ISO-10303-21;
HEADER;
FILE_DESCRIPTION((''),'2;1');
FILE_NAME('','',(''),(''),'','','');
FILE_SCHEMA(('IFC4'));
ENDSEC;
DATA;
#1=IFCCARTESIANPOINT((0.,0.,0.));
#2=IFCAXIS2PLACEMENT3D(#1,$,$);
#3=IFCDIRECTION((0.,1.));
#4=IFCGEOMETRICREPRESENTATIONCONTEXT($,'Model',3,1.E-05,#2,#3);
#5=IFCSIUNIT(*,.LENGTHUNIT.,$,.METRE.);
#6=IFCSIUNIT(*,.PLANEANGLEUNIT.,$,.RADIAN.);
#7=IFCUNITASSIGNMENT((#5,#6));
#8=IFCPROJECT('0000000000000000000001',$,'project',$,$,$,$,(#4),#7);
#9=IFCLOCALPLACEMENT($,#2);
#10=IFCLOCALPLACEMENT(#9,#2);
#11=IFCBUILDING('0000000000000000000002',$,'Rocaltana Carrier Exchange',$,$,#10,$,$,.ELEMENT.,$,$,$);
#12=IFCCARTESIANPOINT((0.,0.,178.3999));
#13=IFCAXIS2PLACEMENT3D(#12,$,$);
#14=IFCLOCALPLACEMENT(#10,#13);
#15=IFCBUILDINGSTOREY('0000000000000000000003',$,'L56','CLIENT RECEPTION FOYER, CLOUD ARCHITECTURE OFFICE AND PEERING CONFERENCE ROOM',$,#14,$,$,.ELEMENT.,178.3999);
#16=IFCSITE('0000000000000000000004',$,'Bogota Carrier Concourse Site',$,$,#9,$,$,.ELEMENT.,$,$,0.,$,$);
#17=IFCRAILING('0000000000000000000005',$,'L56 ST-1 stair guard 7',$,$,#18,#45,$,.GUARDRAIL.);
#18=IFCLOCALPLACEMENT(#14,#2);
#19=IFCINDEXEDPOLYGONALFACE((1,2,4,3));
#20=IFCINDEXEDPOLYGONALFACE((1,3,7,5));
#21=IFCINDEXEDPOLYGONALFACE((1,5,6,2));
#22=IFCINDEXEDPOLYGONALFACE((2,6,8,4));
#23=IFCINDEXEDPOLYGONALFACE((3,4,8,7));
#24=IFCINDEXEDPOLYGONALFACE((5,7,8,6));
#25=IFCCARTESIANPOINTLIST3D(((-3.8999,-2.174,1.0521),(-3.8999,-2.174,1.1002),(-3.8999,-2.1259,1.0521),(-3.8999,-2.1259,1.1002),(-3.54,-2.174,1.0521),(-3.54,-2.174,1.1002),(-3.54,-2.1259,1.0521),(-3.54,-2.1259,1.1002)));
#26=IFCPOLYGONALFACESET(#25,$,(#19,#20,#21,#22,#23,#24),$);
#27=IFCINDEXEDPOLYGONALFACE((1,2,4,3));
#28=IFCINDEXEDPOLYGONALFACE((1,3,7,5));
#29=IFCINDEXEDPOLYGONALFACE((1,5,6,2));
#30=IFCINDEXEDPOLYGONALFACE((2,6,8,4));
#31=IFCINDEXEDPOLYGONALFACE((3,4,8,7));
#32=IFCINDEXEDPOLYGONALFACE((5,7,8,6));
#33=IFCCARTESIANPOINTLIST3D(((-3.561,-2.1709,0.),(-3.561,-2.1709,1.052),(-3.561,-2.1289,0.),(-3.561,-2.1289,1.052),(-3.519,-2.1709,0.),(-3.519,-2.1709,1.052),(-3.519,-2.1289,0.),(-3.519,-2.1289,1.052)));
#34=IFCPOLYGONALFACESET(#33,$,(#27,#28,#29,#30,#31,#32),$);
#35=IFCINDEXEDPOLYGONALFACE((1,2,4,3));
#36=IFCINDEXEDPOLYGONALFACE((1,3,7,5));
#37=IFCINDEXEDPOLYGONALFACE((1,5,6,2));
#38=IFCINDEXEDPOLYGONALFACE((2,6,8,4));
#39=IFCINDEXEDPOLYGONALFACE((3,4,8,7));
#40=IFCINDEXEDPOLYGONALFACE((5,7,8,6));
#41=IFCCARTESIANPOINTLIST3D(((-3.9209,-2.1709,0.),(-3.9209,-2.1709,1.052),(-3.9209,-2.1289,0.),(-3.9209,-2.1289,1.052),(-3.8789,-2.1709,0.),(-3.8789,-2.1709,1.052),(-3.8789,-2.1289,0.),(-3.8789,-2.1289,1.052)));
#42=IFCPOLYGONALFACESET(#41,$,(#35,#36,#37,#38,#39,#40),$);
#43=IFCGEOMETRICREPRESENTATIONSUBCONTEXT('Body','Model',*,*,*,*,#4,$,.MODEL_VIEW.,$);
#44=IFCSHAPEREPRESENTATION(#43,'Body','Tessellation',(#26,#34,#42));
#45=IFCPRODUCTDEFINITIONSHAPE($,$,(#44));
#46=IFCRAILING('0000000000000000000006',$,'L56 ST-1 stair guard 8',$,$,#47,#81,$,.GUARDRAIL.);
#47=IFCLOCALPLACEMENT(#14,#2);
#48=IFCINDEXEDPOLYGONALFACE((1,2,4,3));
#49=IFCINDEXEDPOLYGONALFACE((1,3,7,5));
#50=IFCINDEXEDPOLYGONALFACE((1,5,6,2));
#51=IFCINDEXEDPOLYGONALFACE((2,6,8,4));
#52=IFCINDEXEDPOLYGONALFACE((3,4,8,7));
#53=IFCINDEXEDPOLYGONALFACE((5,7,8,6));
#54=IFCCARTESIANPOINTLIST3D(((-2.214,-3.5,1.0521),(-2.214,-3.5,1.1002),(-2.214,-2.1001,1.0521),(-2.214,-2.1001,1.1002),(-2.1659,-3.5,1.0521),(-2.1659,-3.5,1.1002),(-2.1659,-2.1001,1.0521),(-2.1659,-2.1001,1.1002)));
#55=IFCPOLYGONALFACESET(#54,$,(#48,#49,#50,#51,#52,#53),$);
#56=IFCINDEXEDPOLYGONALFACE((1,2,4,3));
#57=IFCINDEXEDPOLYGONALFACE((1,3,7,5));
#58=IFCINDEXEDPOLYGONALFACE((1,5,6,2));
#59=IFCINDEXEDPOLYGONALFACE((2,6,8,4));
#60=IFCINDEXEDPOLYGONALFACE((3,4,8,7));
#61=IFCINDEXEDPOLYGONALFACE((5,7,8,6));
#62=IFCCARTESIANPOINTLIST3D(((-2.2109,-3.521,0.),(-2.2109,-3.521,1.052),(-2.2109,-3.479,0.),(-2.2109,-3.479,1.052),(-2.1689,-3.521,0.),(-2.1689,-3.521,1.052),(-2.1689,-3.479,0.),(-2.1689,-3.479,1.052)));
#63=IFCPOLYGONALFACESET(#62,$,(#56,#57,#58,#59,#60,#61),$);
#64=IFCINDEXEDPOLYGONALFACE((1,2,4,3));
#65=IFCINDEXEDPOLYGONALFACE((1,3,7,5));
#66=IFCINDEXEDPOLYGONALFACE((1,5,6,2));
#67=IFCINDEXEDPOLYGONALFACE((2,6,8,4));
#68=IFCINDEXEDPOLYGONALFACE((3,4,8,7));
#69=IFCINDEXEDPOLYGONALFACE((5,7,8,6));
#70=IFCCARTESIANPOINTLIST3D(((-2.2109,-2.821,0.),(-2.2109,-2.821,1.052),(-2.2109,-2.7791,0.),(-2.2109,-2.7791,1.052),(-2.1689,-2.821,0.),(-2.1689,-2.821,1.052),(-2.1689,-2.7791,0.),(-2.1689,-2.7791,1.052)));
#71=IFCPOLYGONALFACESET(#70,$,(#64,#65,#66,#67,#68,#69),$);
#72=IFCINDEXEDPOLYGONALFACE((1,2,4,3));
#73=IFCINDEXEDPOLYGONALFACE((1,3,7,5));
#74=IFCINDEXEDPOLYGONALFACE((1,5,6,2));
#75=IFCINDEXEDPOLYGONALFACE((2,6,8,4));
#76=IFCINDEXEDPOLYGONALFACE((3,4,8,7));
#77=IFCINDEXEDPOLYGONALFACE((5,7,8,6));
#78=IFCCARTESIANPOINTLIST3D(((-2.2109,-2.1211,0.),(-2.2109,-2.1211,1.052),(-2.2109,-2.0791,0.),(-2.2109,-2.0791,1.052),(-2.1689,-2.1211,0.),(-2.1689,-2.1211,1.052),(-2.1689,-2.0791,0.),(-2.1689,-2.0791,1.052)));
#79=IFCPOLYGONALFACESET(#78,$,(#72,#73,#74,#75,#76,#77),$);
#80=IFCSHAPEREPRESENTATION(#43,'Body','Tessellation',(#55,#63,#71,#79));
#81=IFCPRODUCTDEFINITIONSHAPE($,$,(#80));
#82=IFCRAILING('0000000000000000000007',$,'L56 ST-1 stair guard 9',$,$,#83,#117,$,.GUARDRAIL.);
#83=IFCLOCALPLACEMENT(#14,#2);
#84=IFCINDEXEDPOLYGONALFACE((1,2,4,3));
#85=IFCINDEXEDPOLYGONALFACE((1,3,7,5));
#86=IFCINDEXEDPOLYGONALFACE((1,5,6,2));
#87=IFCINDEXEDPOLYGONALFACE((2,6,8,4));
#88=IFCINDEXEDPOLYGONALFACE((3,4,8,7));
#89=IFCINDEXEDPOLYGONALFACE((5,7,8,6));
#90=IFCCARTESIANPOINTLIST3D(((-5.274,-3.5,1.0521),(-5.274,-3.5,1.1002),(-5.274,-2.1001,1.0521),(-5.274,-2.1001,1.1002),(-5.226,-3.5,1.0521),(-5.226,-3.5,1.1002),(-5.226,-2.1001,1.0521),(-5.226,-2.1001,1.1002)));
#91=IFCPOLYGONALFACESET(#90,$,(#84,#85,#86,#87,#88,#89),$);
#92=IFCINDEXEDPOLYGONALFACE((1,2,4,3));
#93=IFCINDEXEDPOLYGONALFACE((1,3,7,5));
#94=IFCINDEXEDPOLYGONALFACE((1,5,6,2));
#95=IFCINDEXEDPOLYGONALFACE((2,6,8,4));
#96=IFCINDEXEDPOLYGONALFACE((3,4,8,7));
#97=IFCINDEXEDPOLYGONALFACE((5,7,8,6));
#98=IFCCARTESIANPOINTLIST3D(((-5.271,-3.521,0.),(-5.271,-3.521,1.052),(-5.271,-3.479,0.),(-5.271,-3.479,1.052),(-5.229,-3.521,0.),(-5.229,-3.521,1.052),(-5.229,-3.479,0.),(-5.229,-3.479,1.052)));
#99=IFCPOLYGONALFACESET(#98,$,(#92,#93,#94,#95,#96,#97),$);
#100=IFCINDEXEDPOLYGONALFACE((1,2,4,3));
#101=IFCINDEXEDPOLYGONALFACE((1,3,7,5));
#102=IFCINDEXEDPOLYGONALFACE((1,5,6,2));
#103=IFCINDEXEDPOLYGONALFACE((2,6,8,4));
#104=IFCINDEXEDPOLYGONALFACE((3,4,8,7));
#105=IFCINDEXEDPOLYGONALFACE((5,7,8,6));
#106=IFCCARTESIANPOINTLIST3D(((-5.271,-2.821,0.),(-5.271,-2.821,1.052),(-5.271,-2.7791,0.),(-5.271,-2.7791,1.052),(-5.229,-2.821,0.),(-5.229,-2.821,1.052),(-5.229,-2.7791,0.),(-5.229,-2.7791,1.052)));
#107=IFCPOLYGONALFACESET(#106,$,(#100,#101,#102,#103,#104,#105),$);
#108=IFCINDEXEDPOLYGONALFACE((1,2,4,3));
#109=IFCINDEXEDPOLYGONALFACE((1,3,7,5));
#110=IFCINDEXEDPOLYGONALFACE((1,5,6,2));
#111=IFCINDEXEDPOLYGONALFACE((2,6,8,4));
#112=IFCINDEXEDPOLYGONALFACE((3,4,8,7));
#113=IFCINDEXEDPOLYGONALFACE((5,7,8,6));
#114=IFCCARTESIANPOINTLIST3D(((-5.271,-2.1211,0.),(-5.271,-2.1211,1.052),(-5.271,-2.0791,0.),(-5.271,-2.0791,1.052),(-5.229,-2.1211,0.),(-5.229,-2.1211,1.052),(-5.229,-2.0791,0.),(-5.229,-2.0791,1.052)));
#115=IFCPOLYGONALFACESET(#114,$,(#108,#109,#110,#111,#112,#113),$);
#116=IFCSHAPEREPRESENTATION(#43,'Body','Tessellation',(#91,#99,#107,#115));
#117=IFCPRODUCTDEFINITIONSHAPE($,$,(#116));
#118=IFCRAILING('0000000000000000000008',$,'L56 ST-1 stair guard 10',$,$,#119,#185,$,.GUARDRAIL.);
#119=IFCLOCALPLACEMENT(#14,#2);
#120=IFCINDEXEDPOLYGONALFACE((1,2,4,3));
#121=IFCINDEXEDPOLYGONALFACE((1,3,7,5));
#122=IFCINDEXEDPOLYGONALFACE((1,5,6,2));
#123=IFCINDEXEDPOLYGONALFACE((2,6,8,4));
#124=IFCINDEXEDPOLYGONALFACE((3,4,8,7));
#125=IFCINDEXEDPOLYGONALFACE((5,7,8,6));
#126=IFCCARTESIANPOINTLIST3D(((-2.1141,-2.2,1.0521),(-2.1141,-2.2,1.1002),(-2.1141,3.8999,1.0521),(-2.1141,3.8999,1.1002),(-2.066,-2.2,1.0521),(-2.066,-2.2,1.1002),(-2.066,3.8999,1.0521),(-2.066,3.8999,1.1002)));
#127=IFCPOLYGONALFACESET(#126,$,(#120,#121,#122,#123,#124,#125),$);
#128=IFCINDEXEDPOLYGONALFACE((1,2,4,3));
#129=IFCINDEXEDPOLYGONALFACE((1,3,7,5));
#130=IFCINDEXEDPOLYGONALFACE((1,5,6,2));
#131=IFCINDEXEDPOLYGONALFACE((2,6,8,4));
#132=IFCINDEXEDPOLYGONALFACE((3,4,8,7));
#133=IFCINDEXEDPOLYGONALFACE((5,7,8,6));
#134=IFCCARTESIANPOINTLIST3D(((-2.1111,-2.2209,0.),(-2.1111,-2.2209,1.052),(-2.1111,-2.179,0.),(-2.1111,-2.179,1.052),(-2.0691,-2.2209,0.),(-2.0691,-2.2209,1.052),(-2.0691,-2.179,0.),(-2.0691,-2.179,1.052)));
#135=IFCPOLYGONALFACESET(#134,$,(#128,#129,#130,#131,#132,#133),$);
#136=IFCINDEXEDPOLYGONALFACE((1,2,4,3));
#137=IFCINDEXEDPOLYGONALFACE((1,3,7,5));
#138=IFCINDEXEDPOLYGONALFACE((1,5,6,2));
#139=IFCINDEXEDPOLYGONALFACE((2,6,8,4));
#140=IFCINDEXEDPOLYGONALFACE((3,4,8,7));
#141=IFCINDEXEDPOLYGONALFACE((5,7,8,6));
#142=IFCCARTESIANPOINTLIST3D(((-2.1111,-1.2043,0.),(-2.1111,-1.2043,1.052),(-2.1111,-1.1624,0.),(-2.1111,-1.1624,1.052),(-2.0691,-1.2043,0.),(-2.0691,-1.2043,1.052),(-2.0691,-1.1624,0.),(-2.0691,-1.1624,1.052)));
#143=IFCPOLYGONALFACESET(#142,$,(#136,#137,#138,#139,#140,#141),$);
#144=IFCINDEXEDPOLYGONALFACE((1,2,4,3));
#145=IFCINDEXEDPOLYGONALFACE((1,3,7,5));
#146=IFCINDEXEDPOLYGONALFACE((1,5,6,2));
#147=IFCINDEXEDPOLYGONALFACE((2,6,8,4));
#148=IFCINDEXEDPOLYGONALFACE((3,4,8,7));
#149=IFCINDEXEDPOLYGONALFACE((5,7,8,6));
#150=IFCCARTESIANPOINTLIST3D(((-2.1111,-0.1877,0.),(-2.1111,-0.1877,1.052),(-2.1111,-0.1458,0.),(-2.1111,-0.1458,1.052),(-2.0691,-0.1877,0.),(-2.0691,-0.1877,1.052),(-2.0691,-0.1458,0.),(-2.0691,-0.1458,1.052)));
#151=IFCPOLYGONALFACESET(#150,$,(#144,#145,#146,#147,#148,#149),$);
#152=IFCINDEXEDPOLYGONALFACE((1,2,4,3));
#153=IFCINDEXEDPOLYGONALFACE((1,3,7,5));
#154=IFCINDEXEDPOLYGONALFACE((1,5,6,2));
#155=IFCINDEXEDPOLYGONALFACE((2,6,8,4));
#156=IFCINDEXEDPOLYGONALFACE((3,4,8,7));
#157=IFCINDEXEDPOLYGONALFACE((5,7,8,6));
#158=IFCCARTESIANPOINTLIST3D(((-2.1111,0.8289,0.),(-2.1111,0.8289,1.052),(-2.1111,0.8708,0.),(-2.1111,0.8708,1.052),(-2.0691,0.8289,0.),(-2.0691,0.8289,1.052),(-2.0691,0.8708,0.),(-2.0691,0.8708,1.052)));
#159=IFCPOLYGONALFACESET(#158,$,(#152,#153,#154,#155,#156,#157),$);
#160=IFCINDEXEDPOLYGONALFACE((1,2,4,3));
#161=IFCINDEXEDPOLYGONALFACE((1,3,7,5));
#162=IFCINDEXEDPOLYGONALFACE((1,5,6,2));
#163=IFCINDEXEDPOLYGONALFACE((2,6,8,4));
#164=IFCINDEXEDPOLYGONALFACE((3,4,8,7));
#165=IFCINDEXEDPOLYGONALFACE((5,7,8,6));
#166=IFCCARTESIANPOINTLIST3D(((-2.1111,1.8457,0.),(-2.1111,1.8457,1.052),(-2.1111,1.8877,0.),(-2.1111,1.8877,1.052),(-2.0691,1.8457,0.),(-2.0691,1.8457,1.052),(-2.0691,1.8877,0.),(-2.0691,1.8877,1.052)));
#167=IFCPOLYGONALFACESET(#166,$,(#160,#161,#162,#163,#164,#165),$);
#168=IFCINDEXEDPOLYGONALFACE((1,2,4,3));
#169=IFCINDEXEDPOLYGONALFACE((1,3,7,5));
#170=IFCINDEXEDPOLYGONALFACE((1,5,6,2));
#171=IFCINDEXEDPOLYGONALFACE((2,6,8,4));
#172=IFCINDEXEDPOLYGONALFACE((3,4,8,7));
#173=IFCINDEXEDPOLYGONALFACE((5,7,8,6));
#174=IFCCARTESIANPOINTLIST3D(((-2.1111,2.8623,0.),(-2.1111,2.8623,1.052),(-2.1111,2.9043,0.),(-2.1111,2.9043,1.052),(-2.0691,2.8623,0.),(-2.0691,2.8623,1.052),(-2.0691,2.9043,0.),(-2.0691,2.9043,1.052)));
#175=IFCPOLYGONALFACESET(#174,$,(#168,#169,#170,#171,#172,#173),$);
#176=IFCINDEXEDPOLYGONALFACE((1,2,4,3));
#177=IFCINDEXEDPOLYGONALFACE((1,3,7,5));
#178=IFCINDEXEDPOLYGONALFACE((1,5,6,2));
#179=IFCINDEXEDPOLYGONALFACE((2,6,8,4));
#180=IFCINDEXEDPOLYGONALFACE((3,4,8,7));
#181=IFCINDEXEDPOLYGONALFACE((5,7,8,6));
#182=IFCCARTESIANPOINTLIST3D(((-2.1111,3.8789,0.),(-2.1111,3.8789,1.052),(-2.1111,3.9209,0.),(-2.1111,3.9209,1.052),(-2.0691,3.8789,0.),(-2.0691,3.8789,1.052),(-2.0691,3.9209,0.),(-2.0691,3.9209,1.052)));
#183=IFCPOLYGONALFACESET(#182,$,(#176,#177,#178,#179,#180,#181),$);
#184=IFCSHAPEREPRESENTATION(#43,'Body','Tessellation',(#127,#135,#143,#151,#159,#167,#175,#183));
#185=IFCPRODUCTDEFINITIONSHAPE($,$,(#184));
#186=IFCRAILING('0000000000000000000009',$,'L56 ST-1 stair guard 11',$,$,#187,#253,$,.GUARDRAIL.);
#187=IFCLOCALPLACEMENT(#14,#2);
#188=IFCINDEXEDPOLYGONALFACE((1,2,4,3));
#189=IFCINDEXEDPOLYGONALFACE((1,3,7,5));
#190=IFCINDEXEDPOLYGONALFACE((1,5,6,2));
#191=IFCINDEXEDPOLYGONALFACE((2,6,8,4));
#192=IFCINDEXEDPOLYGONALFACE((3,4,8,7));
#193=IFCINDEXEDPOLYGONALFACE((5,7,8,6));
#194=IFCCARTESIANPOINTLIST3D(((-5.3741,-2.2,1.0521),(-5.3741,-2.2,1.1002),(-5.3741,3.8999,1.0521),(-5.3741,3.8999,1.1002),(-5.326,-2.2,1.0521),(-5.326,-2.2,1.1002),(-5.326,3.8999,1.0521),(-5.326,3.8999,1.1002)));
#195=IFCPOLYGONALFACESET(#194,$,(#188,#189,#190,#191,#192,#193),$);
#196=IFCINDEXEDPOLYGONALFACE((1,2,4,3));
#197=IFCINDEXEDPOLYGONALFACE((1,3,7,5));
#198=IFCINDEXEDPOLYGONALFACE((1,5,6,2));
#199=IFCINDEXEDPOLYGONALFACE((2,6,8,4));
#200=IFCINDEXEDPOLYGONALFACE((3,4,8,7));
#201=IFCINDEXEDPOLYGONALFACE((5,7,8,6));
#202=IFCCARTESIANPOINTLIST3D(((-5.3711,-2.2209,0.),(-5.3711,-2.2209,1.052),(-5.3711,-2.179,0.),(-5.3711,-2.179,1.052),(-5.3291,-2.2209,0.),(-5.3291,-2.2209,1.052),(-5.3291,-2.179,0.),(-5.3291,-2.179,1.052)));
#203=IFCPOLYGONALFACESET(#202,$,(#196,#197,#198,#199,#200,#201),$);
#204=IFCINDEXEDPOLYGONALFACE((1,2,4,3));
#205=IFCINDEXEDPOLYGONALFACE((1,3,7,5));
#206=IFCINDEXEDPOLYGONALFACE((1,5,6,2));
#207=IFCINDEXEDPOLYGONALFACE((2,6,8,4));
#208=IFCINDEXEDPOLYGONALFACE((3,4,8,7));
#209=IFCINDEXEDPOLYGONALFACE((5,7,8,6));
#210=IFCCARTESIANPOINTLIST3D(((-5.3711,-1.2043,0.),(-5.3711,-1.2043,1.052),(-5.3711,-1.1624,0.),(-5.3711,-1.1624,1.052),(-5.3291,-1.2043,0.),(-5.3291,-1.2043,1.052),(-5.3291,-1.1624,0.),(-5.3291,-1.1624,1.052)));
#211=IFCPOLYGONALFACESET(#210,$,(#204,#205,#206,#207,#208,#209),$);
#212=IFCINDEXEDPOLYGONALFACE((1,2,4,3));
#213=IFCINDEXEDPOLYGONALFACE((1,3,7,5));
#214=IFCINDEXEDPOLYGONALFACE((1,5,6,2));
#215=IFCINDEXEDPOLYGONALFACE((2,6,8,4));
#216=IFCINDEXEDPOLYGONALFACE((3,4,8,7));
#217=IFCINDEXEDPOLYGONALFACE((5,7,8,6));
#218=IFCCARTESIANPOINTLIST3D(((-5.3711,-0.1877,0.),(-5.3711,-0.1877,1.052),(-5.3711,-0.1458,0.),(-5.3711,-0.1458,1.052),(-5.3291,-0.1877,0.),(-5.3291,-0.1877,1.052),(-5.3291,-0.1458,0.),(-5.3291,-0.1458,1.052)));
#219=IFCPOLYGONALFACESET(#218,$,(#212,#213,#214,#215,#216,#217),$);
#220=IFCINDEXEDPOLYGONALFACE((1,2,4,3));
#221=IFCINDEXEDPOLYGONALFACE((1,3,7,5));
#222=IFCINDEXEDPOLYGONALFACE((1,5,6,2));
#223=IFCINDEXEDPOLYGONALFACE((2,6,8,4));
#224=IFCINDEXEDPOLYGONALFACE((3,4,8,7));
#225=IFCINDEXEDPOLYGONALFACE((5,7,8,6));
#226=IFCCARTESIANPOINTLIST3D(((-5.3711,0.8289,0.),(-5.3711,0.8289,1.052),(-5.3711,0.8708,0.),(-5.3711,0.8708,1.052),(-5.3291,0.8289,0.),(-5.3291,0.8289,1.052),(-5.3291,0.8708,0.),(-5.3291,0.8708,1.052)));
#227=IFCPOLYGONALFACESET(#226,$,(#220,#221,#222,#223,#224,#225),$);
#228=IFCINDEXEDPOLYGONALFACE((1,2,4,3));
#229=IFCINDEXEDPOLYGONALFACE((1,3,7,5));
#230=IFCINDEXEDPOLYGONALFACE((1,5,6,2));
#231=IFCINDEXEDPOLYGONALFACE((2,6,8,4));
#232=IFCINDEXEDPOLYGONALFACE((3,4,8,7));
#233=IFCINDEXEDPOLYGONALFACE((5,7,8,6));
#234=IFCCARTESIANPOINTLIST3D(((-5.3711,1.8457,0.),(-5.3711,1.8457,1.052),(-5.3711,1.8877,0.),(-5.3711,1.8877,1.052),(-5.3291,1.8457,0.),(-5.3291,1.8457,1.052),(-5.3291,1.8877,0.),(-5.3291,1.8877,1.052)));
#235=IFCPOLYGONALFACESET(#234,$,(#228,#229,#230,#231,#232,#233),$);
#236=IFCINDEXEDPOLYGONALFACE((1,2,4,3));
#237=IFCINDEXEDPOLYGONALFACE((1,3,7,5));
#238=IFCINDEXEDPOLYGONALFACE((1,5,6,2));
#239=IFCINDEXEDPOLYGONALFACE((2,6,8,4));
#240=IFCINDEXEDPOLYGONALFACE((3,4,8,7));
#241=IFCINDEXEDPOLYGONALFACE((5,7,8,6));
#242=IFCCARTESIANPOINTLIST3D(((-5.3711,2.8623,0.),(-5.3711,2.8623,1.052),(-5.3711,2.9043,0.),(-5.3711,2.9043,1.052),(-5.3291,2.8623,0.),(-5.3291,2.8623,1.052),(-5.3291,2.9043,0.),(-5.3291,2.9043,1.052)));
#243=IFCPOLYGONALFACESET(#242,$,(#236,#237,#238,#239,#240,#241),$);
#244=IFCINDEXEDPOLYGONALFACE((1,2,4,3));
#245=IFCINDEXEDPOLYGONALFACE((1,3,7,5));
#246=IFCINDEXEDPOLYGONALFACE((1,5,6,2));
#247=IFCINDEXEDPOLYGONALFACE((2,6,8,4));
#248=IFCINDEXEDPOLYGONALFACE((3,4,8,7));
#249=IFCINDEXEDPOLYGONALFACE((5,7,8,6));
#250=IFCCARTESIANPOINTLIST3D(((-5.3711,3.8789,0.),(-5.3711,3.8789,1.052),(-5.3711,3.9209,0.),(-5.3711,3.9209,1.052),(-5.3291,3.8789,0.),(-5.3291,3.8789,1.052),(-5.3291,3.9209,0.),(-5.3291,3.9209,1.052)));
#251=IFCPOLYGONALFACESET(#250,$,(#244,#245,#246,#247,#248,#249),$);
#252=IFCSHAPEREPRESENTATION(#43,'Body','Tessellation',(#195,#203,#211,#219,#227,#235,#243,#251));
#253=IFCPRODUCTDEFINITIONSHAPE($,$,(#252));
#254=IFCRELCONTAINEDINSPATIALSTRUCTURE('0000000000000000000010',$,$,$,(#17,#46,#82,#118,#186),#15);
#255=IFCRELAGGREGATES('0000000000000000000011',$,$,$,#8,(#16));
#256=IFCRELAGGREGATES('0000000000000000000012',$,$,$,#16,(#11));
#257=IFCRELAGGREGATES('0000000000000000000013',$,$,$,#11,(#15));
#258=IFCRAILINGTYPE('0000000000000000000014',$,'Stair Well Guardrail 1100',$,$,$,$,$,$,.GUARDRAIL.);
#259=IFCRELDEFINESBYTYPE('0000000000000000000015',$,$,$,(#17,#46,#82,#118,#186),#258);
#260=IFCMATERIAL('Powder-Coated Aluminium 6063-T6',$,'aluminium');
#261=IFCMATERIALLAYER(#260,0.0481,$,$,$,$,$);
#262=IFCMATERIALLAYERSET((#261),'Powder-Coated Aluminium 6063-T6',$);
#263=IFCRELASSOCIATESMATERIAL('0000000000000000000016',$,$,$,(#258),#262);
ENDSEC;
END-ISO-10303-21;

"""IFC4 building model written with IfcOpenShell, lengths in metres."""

from ifc_helpers import new_model, si_unit, direction, frame, origin, origin_2d, place, context, subcontext, project, spatial, rectangle, extrude, material, layer, layer_set, type_object, element, save


model = new_model("IFC4")

# Units and contexts
model_context = context("Model", 3, precision=1e-05, world=origin(), true_north=direction((0.0, 1.0)))
body_context = subcontext(model_context, "Body", "Model", "MODEL_VIEW")
ifc_project = project(units=[si_unit("LENGTHUNIT", "METRE"), si_unit("PLANEANGLEUNIT", "RADIAN")], contexts=[model_context])

# Site, building, storey
site_placement = place(None, origin())
site = spatial("IfcSite", under=ifc_project, at=site_placement, Name="Bogota Carrier Concourse Site", CompositionType="ELEMENT", RefElevation=0.0)
building_placement = place(site_placement, origin())
building = spatial("IfcBuilding", under=site, at=building_placement, Name="Rocaltana Carrier Exchange", CompositionType="ELEMENT")
storey_placement = place(building_placement, frame((0.0, 0.0, 178.3999)))
storey = spatial("IfcBuildingStorey", under=building, at=storey_placement, Name="L56", Description="CLIENT RECEPTION FOYER, CLOUD ARCHITECTURE OFFICE AND PEERING CONFERENCE ROOM", CompositionType="ELEMENT", Elevation=178.3999)

# Railings
ifc_material_1 = material(Name="Powder-Coated Aluminium 6063-T6", Category="aluminium")
ifc_layer_1 = layer(ifc_material_1, 0.0481)
ifc_layer_set_1 = layer_set([ifc_layer_1], Name="Powder-Coated Aluminium 6063-T6")
railing_type_1 = type_object("IfcRailingType", Name="Stair Well Guardrail 1100", PredefinedType="GUARDRAIL", material=ifc_layer_set_1)
railing_1_placement = place(storey_placement, frame((-3.54, -2.1499, 0.0)))
element("IfcRailing", 1, at=railing_1_placement, inside=storey, type_object=railing_type_1, Name="L56 ST-1 stair guard 7", PredefinedType="GUARDRAIL", context=body_context, shape_type="SweptSolid", body=[
    extrude(rectangle(XDim=0.0481, YDim=0.0481, at=origin_2d()), frame((0.0, 0.0, 1.0762), z_axis=(-1.0, 0.0, 0.0), x_axis=(0.0, -1.0, 0.0)), (0.0, 0.0, 1.0), 0.3599),
    extrude(rectangle(XDim=0.042, YDim=0.042, at=origin_2d()), origin(), (0.0, 0.0, 1.0), 1.052),
    extrude(rectangle(XDim=0.042, YDim=0.042, at=origin_2d()), frame((-0.3599, 0.0, 0.0)), (0.0, 0.0, 1.0), 1.052),
])
for number, where, name in (
    (2, (-2.1899, -3.5, 0.0), "L56 ST-1 stair guard 8"),
    (3, (-5.25, -3.5, 0.0), "L56 ST-1 stair guard 9"),
):
    element("IfcRailing", number, at=place(storey_placement, frame(where)), inside=storey, type_object=railing_type_1, Name=name, PredefinedType="GUARDRAIL", context=body_context, shape_type="SweptSolid", body=[
        extrude(rectangle(XDim=0.0481, YDim=0.0481, at=origin_2d()), frame((0.0, 0.0, 1.0762), z_axis=(0.0, 1.0, 0.0), x_axis=(-1.0, 0.0, 0.0)), (0.0, 0.0, 1.0), 1.3999),
        extrude(rectangle(XDim=0.042, YDim=0.042, at=origin_2d()), origin(), (0.0, 0.0, 1.0), 1.052),
        extrude(rectangle(XDim=0.042, YDim=0.042, at=origin_2d()), frame((0.0, 0.7, 0.0)), (0.0, 0.0, 1.0), 1.052),
        extrude(rectangle(XDim=0.042, YDim=0.042, at=origin_2d()), frame((0.0, 1.3999, 0.0)), (0.0, 0.0, 1.0), 1.052),
    ])
for number, where, name in (
    (4, (-2.0901, -2.2, 0.0), "L56 ST-1 stair guard 10"),
    (5, (-5.3501, -2.2, 0.0), "L56 ST-1 stair guard 11"),
):
    element("IfcRailing", number, at=place(storey_placement, frame(where)), inside=storey, type_object=railing_type_1, Name=name, PredefinedType="GUARDRAIL", context=body_context, shape_type="SweptSolid", body=[
        extrude(rectangle(XDim=0.0481, YDim=0.0481, at=origin_2d()), frame((0.0, 0.0, 1.0762), z_axis=(0.0, 1.0, 0.0), x_axis=(-1.0, 0.0, 0.0)), (0.0, 0.0, 1.0), 6.0999),
        extrude(rectangle(XDim=0.042, YDim=0.042, at=origin_2d()), origin(), (0.0, 0.0, 1.0), 1.052),
        extrude(rectangle(XDim=0.042, YDim=0.042, at=origin_2d()), frame((0.0, 1.0166, 0.0)), (0.0, 0.0, 1.0), 1.052),
        extrude(rectangle(XDim=0.042, YDim=0.042, at=origin_2d()), frame((0.0, 2.0332, 0.0)), (0.0, 0.0, 1.0), 1.052),
        extrude(rectangle(XDim=0.042, YDim=0.042, at=origin_2d()), frame((0.0, 3.0498, 0.0)), (0.0, 0.0, 1.0), 1.052),
        extrude(rectangle(XDim=0.042, YDim=0.042, at=origin_2d()), frame((0.0, 4.0667, 0.0)), (0.0, 0.0, 1.0), 1.052),
        extrude(rectangle(XDim=0.042, YDim=0.042, at=origin_2d()), frame((0.0, 5.0833, 0.0)), (0.0, 0.0, 1.0), 1.052),
        extrude(rectangle(XDim=0.042, YDim=0.042, at=origin_2d()), frame((0.0, 6.0999, 0.0)), (0.0, 0.0, 1.0), 1.052),
    ])

save(model, "model.ifc")
